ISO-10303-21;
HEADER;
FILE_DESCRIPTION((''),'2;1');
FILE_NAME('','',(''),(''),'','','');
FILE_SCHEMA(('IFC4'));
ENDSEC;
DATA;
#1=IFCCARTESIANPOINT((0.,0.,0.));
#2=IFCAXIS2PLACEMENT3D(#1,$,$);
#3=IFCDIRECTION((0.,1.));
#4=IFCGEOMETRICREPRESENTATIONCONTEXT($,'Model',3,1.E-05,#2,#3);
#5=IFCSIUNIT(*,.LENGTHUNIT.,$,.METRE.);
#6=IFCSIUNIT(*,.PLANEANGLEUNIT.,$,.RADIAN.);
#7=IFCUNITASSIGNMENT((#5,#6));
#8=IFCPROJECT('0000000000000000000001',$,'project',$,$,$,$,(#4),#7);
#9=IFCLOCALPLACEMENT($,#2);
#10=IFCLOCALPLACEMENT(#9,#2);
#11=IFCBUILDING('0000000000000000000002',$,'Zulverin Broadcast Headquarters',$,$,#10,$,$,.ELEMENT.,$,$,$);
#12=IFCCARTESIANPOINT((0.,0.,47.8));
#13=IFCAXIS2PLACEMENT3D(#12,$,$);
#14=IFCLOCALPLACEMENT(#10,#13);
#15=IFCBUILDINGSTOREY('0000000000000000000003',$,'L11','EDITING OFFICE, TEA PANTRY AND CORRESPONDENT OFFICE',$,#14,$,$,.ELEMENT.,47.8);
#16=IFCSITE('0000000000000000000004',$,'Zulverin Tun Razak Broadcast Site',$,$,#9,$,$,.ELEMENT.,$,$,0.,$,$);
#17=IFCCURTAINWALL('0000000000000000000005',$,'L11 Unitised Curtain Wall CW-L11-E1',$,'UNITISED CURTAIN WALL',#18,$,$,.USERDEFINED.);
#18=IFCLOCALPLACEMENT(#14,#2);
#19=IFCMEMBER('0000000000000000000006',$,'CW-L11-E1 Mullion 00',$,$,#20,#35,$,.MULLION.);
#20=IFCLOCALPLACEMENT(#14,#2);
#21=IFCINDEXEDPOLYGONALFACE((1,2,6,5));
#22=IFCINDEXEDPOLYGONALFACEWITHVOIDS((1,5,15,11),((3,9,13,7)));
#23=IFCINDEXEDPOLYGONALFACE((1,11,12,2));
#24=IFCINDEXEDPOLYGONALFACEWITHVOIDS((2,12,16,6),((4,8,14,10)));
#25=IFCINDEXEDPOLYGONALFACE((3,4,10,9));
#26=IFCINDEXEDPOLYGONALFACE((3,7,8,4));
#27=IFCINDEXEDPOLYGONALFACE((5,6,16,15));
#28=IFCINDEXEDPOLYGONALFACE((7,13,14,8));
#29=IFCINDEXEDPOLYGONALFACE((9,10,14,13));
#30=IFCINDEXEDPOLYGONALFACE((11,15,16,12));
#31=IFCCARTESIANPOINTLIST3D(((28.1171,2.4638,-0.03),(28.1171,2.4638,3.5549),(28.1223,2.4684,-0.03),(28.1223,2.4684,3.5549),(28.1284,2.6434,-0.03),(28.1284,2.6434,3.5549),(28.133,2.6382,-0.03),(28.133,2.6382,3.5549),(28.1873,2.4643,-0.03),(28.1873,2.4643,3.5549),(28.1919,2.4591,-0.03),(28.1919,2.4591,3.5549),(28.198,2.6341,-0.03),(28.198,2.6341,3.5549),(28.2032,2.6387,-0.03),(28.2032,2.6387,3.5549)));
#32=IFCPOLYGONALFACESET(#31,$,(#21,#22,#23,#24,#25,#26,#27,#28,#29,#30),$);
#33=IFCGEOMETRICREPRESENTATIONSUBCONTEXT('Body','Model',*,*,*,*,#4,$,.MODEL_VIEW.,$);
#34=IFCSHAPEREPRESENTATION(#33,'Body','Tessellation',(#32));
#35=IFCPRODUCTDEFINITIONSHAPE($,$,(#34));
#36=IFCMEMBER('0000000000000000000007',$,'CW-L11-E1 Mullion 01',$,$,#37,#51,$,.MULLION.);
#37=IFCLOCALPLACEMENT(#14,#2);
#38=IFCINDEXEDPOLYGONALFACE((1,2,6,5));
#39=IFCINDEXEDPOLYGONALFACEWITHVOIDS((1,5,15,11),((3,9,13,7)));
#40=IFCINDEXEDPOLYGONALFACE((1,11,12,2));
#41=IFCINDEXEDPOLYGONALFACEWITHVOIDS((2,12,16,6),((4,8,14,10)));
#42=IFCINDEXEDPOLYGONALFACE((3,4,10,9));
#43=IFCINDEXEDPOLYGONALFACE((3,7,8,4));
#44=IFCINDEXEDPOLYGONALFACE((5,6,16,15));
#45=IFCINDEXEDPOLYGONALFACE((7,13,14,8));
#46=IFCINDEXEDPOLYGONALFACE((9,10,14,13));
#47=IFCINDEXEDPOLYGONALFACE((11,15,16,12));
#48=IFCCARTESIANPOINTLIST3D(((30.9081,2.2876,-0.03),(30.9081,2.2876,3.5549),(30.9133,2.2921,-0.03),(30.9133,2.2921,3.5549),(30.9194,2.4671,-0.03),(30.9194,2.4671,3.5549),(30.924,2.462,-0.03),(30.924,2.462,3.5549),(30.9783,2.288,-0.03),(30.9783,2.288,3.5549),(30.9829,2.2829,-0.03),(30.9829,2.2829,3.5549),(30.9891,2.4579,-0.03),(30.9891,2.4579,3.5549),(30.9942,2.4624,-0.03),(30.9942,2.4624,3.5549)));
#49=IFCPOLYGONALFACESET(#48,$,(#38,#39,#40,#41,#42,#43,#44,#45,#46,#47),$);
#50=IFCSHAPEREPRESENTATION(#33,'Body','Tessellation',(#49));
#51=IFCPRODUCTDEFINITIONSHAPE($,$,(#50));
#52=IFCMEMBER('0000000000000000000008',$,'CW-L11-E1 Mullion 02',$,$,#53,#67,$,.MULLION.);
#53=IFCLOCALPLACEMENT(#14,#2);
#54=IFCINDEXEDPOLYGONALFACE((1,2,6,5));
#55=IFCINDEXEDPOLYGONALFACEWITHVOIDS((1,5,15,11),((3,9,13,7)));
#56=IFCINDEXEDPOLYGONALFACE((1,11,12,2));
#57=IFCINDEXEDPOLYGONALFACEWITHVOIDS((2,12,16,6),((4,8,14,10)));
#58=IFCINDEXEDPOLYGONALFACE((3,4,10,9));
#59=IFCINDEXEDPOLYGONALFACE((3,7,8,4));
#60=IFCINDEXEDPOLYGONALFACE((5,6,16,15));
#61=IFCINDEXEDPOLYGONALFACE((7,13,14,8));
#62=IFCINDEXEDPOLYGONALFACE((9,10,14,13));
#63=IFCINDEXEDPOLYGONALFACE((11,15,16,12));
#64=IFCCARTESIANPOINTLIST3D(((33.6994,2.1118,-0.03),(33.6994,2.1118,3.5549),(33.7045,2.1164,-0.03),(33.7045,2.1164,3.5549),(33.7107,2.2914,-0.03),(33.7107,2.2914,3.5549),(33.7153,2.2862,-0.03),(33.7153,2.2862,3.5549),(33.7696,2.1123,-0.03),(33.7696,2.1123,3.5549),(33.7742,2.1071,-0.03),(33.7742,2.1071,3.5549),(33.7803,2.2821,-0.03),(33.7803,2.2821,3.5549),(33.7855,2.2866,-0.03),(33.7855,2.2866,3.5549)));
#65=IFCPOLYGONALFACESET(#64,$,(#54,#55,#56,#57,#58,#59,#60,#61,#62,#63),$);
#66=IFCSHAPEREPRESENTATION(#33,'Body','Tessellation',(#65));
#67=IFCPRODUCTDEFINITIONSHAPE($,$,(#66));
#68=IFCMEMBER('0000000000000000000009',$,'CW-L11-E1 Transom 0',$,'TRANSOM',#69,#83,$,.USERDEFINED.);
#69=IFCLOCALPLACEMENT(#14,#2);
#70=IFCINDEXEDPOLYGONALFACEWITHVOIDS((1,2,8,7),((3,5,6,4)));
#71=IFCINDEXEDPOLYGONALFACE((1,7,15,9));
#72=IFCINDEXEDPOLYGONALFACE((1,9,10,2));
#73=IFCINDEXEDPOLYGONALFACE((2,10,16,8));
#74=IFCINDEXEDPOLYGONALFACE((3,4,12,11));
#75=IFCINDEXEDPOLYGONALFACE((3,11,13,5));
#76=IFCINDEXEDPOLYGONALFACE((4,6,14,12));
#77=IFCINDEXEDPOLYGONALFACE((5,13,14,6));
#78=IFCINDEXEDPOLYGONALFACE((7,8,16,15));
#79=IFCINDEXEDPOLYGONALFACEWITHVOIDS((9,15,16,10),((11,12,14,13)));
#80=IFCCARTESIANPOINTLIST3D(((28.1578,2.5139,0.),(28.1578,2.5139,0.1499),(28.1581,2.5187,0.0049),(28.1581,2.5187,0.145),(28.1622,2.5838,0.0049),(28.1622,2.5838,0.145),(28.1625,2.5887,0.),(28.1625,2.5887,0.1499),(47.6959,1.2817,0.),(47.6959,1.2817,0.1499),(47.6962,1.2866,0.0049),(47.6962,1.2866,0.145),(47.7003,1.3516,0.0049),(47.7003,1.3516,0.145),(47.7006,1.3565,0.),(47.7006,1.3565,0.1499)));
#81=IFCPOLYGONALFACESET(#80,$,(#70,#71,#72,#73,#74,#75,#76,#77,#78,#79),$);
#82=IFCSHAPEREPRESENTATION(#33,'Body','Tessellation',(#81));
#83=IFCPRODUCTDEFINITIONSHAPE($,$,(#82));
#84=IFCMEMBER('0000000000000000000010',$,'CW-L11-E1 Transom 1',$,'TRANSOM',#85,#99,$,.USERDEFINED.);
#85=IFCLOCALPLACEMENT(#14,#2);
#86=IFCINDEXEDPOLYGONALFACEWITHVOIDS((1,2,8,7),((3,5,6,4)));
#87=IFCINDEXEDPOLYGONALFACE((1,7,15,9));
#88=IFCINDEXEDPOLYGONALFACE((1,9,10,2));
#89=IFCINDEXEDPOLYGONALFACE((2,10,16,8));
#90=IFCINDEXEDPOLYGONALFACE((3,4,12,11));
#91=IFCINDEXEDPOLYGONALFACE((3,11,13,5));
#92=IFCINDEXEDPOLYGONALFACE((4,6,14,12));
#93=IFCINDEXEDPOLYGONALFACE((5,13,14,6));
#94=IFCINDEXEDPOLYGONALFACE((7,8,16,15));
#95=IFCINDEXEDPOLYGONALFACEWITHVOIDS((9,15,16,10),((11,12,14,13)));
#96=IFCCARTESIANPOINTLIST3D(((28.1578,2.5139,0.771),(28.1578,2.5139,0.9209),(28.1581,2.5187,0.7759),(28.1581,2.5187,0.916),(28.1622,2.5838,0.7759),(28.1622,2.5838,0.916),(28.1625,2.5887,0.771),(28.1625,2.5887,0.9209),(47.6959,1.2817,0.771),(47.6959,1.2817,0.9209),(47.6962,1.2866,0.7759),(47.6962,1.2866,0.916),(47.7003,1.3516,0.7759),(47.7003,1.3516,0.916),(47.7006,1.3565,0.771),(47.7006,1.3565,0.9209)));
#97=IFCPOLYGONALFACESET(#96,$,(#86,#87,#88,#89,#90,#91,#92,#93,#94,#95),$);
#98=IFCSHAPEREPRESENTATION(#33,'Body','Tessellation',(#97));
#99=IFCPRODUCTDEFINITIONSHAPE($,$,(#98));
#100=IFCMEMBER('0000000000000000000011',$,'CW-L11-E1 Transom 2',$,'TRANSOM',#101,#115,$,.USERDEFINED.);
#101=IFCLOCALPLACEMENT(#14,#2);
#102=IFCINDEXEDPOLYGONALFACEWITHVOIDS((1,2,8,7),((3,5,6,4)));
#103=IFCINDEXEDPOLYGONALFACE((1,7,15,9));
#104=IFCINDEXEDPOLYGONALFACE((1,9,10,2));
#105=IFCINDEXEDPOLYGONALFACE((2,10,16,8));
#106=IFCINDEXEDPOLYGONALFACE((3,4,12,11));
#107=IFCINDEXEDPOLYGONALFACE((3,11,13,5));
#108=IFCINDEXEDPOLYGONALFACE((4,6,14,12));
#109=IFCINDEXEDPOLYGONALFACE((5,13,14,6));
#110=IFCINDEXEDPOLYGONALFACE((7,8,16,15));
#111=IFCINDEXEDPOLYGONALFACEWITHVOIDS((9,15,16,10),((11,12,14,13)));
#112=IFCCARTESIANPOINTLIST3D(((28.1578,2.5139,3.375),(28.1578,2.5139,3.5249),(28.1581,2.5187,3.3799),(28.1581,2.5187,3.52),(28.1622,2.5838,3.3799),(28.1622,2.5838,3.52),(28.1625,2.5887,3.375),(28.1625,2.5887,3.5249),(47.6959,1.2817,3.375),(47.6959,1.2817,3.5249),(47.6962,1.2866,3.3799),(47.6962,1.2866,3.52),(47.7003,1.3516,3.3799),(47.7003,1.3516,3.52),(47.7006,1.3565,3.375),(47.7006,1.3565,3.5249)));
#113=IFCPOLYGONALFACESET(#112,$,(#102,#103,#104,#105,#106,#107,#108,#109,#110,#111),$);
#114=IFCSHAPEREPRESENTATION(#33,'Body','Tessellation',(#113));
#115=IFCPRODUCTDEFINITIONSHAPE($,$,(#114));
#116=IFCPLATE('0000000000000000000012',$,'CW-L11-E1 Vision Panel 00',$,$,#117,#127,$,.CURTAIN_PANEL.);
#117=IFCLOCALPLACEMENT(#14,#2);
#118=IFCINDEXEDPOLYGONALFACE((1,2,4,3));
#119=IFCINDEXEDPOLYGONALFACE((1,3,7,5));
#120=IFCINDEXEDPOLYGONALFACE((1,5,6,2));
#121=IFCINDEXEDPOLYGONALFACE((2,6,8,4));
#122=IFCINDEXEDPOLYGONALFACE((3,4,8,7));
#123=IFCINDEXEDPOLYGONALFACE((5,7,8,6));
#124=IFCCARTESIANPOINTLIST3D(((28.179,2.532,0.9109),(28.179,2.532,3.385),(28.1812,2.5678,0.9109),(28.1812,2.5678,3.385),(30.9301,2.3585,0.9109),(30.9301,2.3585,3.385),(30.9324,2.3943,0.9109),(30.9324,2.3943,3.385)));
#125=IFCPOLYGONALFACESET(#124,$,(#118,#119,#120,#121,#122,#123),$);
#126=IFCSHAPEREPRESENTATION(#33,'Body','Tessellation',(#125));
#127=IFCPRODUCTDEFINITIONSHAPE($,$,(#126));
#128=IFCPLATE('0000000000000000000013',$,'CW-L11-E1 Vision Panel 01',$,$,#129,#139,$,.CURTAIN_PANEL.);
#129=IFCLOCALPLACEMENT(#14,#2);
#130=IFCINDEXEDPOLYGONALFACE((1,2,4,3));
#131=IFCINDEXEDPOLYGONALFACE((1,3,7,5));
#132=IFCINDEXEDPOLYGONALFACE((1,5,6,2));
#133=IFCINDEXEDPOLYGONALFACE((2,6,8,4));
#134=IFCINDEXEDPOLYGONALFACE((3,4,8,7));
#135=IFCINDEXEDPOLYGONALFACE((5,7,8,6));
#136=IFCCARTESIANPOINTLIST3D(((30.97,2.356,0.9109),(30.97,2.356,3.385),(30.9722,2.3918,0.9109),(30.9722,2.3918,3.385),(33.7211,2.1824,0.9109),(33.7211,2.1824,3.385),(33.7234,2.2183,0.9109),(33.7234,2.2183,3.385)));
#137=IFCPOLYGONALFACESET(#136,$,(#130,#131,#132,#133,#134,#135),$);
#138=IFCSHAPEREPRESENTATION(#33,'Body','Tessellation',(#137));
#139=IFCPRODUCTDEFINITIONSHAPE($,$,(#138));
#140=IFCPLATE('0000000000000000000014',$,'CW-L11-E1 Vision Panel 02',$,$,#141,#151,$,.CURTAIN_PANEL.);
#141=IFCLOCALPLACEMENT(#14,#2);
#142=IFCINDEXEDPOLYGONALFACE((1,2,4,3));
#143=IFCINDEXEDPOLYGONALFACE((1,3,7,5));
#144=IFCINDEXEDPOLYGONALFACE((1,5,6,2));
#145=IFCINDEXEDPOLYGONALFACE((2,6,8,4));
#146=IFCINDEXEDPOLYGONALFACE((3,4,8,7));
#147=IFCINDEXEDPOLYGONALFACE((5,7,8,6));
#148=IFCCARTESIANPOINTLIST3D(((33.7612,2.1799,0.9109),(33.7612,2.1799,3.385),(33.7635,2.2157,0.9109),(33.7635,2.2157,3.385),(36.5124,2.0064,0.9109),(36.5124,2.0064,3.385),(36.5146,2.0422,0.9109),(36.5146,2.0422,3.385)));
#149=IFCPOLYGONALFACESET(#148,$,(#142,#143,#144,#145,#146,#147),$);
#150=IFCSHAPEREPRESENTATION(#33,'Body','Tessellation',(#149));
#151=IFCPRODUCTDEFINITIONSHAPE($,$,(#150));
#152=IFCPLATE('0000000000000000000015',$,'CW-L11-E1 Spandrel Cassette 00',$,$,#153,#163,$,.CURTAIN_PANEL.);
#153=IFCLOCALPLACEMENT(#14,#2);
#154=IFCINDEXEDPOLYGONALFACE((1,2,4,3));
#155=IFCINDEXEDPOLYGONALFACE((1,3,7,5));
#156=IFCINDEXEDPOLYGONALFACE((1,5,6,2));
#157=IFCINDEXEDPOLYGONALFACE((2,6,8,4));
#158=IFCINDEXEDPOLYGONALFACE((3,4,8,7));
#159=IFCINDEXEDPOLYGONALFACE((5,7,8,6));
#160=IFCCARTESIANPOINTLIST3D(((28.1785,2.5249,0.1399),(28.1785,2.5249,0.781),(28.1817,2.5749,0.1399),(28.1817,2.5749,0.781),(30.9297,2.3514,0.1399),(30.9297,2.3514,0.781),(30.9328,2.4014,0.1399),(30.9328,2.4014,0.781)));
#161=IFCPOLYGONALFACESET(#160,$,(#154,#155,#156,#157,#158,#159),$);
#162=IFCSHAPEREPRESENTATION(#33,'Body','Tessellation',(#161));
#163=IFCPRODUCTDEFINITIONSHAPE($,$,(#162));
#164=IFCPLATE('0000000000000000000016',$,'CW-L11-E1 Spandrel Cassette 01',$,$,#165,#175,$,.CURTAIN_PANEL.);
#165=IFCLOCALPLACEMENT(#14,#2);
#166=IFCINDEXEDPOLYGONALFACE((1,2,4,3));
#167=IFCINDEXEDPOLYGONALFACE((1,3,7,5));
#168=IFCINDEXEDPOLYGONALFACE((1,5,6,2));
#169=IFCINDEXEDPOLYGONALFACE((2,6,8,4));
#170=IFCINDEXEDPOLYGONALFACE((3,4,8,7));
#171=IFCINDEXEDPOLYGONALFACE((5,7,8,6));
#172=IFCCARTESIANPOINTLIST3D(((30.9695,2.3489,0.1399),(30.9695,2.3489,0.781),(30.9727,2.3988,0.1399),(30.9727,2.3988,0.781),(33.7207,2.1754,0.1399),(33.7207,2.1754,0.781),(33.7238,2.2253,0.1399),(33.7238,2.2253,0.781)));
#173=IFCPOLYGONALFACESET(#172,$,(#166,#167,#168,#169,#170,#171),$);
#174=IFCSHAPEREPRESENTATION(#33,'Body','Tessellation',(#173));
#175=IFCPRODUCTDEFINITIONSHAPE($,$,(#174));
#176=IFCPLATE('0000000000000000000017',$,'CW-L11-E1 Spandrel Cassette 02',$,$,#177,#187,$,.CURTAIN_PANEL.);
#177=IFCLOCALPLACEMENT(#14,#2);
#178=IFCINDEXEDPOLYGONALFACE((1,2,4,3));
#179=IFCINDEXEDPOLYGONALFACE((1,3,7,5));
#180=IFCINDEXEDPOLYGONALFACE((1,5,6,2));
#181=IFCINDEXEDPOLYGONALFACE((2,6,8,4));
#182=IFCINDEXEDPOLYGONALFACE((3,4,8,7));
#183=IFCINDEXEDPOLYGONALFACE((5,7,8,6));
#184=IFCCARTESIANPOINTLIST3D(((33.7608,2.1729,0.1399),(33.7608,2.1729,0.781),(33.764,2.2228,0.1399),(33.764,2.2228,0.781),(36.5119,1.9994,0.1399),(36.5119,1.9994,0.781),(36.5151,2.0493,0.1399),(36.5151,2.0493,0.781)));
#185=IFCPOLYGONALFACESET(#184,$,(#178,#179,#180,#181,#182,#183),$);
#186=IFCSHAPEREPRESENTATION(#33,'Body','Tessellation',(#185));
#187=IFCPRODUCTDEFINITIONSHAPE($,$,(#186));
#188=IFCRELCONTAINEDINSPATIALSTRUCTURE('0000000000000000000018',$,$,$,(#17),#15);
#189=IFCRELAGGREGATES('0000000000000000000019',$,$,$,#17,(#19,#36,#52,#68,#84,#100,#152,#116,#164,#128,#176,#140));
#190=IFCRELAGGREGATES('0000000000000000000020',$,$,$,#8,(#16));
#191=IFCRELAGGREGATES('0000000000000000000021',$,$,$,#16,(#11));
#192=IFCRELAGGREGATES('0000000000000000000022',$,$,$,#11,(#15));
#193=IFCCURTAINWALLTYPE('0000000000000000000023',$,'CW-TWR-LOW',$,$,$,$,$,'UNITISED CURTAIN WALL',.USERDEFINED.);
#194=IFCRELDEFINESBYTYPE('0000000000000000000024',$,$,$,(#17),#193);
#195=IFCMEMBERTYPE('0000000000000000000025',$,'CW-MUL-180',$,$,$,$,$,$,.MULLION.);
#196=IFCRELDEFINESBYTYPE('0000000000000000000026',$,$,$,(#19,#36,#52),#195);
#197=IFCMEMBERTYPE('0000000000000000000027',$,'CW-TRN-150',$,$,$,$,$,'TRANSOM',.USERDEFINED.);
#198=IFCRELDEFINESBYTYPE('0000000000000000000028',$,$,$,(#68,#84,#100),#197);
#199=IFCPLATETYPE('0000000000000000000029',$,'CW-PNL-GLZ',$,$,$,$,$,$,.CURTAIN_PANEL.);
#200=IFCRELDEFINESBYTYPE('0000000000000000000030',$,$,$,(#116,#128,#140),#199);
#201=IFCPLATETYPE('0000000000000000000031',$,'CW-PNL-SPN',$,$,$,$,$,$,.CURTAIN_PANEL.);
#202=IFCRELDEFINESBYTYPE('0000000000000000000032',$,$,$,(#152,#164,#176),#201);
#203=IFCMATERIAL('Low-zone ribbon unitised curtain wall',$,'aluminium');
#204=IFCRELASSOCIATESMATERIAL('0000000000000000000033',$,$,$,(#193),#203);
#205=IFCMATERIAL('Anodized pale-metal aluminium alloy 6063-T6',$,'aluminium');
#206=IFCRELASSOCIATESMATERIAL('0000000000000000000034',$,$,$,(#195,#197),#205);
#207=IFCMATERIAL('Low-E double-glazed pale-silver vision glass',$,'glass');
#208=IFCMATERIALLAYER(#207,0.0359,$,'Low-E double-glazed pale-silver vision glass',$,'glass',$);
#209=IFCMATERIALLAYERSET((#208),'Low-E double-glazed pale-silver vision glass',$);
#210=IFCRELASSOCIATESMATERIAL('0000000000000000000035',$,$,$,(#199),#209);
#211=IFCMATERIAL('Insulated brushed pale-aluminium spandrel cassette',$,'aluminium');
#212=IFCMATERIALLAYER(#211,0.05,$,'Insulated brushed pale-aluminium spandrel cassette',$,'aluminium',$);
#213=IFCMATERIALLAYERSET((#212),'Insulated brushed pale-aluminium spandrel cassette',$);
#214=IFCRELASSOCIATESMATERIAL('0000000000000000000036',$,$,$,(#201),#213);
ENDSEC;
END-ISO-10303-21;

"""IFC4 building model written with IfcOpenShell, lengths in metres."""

from ifc_helpers import new_model, si_unit, direction, frame, origin, origin_2d, place, context, subcontext, project, spatial, rectangle, hollow_rectangle, extrude, material, layer, layer_set, material_profile, profile_set, type_object, element, aggregate, save


model = new_model("IFC4")

# Units and contexts
model_context = context("Model", 3, precision=1e-05, world=origin(), true_north=direction((0.0, 1.0)))
body_context = subcontext(model_context, "Body", "Model", "MODEL_VIEW")
ifc_project = project(units=[si_unit("LENGTHUNIT", "METRE"), si_unit("PLANEANGLEUNIT", "RADIAN")], contexts=[model_context])

# Site, building, storey
site_placement = place(None, origin())
site = spatial("IfcSite", under=ifc_project, at=site_placement, Name="Zulverin Tun Razak Broadcast Site", CompositionType="ELEMENT", RefElevation=0.0)
building_placement = place(site_placement, origin())
building = spatial("IfcBuilding", under=site, at=building_placement, Name="Zulverin Broadcast Headquarters", CompositionType="ELEMENT")
storey_placement = place(building_placement, frame((0.0, 0.0, 47.8)))
storey = spatial("IfcBuildingStorey", under=building, at=storey_placement, Name="L11", Description="EDITING OFFICE, TEA PANTRY AND CORRESPONDENT OFFICE", CompositionType="ELEMENT", Elevation=47.8)

# Curtain wall, members, plates
ifc_material_1 = material(Name="Low-zone ribbon unitised curtain wall", Category="aluminium")
curtain_wall_type = type_object("IfcCurtainWallType", Name="CW-TWR-LOW", ElementType="UNITISED CURTAIN WALL", PredefinedType="USERDEFINED", material=ifc_material_1)
curtain_wall_placement = place(storey_placement, origin())
curtain_wall = element("IfcCurtainWall", 1, at=curtain_wall_placement, inside=storey, type_object=curtain_wall_type, Name="L11 Unitised Curtain Wall CW-L11-E1", ObjectType="UNITISED CURTAIN WALL", PredefinedType="USERDEFINED")
ifc_material_2 = material(Name="Anodized pale-metal aluminium alloy 6063-T6", Category="aluminium")
ifc_material_profile_1 = material_profile(ifc_material_2, hollow_rectangle(XDim=0.075, YDim=0.1799, WallThickness=0.0049, at=origin_2d()), Name="Anodized pale-metal aluminium alloy 6063-T6", Category="aluminium")
ifc_profile_set_1 = profile_set([ifc_material_profile_1], Name="Anodized pale-metal aluminium alloy 6063-T6")
member_type_1 = type_object("IfcMemberType", Name="CW-MUL-180", PredefinedType="MULLION", material=ifc_profile_set_1)
member_1_placement = place(storey_placement, frame((28.1602, 2.5513, -0.03), z_axis=(0.0, 0.0, 1.0), x_axis=(0.998017, -0.062942, 0.0)))
member_1 = element("IfcMember", 2, at=member_1_placement, type_object=member_type_1, Name="CW-L11-E1 Mullion 00", PredefinedType="MULLION", context=body_context, shape_type="SweptSolid", body=[
    extrude(hollow_rectangle(XDim=0.075, YDim=0.1799, WallThickness=0.0049, at=origin_2d()), origin(), (0.0, 0.0, 1.0), 3.585),
])
member_2_placement = place(storey_placement, frame((30.9512, 2.375, -0.03), z_axis=(0.0, 0.0, 1.0), x_axis=(0.998017, -0.062942, 0.0)))
member_2 = element("IfcMember", 3, at=member_2_placement, type_object=member_type_1, Name="CW-L11-E1 Mullion 01", PredefinedType="MULLION", context=body_context, shape_type="SweptSolid", body=[
    extrude(hollow_rectangle(XDim=0.075, YDim=0.1799, WallThickness=0.0049, at=origin_2d()), origin(), (0.0, 0.0, 1.0), 3.585),
])
member_3_placement = place(storey_placement, frame((33.7424, 2.1992, -0.03), z_axis=(0.0, 0.0, 1.0), x_axis=(0.998017, -0.062942, 0.0)))
member_3 = element("IfcMember", 4, at=member_3_placement, type_object=member_type_1, Name="CW-L11-E1 Mullion 02", PredefinedType="MULLION", context=body_context, shape_type="SweptSolid", body=[
    extrude(hollow_rectangle(XDim=0.075, YDim=0.1799, WallThickness=0.0049, at=origin_2d()), origin(), (0.0, 0.0, 1.0), 3.585),
])
ifc_material_profile_2 = material_profile(ifc_material_2, hollow_rectangle(XDim=0.075, YDim=0.1499, WallThickness=0.0049, at=origin_2d()), Name="Anodized pale-metal aluminium alloy 6063-T6", Category="aluminium")
ifc_profile_set_2 = profile_set([ifc_material_profile_2], Name="Anodized pale-metal aluminium alloy 6063-T6")
member_type_2 = type_object("IfcMemberType", Name="CW-TRN-150", ElementType="TRANSOM", PredefinedType="USERDEFINED", material=ifc_profile_set_2)
member_4_placement = place(storey_placement, frame((28.1602, 2.5513, 0.075), z_axis=(0.998017, -0.06294, 0.0), x_axis=(0.06294, 0.998017, 0.0)))
member_4 = element("IfcMember", 5, at=member_4_placement, type_object=member_type_2, Name="CW-L11-E1 Transom 0", ObjectType="TRANSOM", PredefinedType="USERDEFINED", context=body_context, shape_type="SweptSolid", body=[
    extrude(hollow_rectangle(XDim=0.075, YDim=0.1499, WallThickness=0.0049, at=origin_2d()), origin(), (0.0, 0.0, 1.0), 19.5769),
])
member_5_placement = place(storey_placement, frame((28.1602, 2.5513, 0.8459), z_axis=(0.998017, -0.06294, 0.0), x_axis=(0.06294, 0.998017, 0.0)))
member_5 = element("IfcMember", 6, at=member_5_placement, type_object=member_type_2, Name="CW-L11-E1 Transom 1", ObjectType="TRANSOM", PredefinedType="USERDEFINED", context=body_context, shape_type="SweptSolid", body=[
    extrude(hollow_rectangle(XDim=0.075, YDim=0.1499, WallThickness=0.0049, at=origin_2d()), origin(), (0.0, 0.0, 1.0), 19.5769),
])
member_6_placement = place(storey_placement, frame((28.1602, 2.5513, 3.45), z_axis=(0.998017, -0.06294, 0.0), x_axis=(0.06294, 0.998017, 0.0)))
member_6 = element("IfcMember", 7, at=member_6_placement, type_object=member_type_2, Name="CW-L11-E1 Transom 2", ObjectType="TRANSOM", PredefinedType="USERDEFINED", context=body_context, shape_type="SweptSolid", body=[
    extrude(hollow_rectangle(XDim=0.075, YDim=0.1499, WallThickness=0.0049, at=origin_2d()), origin(), (0.0, 0.0, 1.0), 19.5769),
])
ifc_material_3 = material(Name="Low-E double-glazed pale-silver vision glass", Category="glass")
ifc_layer_1 = layer(ifc_material_3, 0.0359, Name="Low-E double-glazed pale-silver vision glass", Category="glass")
ifc_layer_set_1 = layer_set([ifc_layer_1], Name="Low-E double-glazed pale-silver vision glass")
plate_type_1 = type_object("IfcPlateType", Name="CW-PNL-GLZ", PredefinedType="CURTAIN_PANEL", material=ifc_layer_set_1)
plate_1_placement = place(storey_placement, frame((29.5557, 2.4631, 0.9109), z_axis=(0.0, 0.0, 1.0), x_axis=(0.998017, -0.062942, 0.0)))
plate_1 = element("IfcPlate", 8, at=plate_1_placement, type_object=plate_type_1, Name="CW-L11-E1 Vision Panel 00", PredefinedType="CURTAIN_PANEL", context=body_context, shape_type="SweptSolid", body=[
    extrude(rectangle(XDim=2.7566, YDim=0.0359, at=origin_2d()), origin(), (0.0, 0.0, 1.0), 2.4741),
])
plate_2_placement = place(storey_placement, frame((32.3467, 2.2871, 0.9109), z_axis=(0.0, 0.0, 1.0), x_axis=(0.998017, -0.062942, 0.0)))
plate_2 = element("IfcPlate", 9, at=plate_2_placement, type_object=plate_type_1, Name="CW-L11-E1 Vision Panel 01", PredefinedType="CURTAIN_PANEL", context=body_context, shape_type="SweptSolid", body=[
    extrude(rectangle(XDim=2.7566, YDim=0.0359, at=origin_2d()), origin(), (0.0, 0.0, 1.0), 2.4741),
])
plate_3_placement = place(storey_placement, frame((35.1379, 2.1111, 0.9109), z_axis=(0.0, 0.0, 1.0), x_axis=(0.998017, -0.062942, 0.0)))
plate_3 = element("IfcPlate", 10, at=plate_3_placement, type_object=plate_type_1, Name="CW-L11-E1 Vision Panel 02", PredefinedType="CURTAIN_PANEL", context=body_context, shape_type="SweptSolid", body=[
    extrude(rectangle(XDim=2.7566, YDim=0.0359, at=origin_2d()), origin(), (0.0, 0.0, 1.0), 2.4741),
])
ifc_material_4 = material(Name="Insulated brushed pale-aluminium spandrel cassette", Category="aluminium")
ifc_layer_2 = layer(ifc_material_4, 0.05, Name="Insulated brushed pale-aluminium spandrel cassette", Category="aluminium")
ifc_layer_set_2 = layer_set([ifc_layer_2], Name="Insulated brushed pale-aluminium spandrel cassette")
plate_type_2 = type_object("IfcPlateType", Name="CW-PNL-SPN", PredefinedType="CURTAIN_PANEL", material=ifc_layer_set_2)
plate_4_placement = place(storey_placement, frame((29.5557, 2.4631, 0.1399), z_axis=(0.0, 0.0, 1.0), x_axis=(0.998017, -0.062942, 0.0)))
plate_4 = element("IfcPlate", 11, at=plate_4_placement, type_object=plate_type_2, Name="CW-L11-E1 Spandrel Cassette 00", PredefinedType="CURTAIN_PANEL", context=body_context, shape_type="SweptSolid", body=[
    extrude(rectangle(XDim=2.7566, YDim=0.05, at=origin_2d()), origin(), (0.0, 0.0, 1.0), 0.6411),
])
plate_5_placement = place(storey_placement, frame((32.3467, 2.2871, 0.1399), z_axis=(0.0, 0.0, 1.0), x_axis=(0.998017, -0.062942, 0.0)))
plate_5 = element("IfcPlate", 12, at=plate_5_placement, type_object=plate_type_2, Name="CW-L11-E1 Spandrel Cassette 01", PredefinedType="CURTAIN_PANEL", context=body_context, shape_type="SweptSolid", body=[
    extrude(rectangle(XDim=2.7566, YDim=0.05, at=origin_2d()), origin(), (0.0, 0.0, 1.0), 0.6411),
])
plate_6_placement = place(storey_placement, frame((35.1379, 2.1111, 0.1399), z_axis=(0.0, 0.0, 1.0), x_axis=(0.998017, -0.062942, 0.0)))
plate_6 = element("IfcPlate", 13, at=plate_6_placement, type_object=plate_type_2, Name="CW-L11-E1 Spandrel Cassette 02", PredefinedType="CURTAIN_PANEL", context=body_context, shape_type="SweptSolid", body=[
    extrude(rectangle(XDim=2.7566, YDim=0.05, at=origin_2d()), origin(), (0.0, 0.0, 1.0), 0.6411),
])
aggregate(curtain_wall, [member_1, member_2, member_3, member_4, member_5, member_6, plate_4, plate_1, plate_5, plate_2, plate_6, plate_3])

save(model, "model.ifc")
